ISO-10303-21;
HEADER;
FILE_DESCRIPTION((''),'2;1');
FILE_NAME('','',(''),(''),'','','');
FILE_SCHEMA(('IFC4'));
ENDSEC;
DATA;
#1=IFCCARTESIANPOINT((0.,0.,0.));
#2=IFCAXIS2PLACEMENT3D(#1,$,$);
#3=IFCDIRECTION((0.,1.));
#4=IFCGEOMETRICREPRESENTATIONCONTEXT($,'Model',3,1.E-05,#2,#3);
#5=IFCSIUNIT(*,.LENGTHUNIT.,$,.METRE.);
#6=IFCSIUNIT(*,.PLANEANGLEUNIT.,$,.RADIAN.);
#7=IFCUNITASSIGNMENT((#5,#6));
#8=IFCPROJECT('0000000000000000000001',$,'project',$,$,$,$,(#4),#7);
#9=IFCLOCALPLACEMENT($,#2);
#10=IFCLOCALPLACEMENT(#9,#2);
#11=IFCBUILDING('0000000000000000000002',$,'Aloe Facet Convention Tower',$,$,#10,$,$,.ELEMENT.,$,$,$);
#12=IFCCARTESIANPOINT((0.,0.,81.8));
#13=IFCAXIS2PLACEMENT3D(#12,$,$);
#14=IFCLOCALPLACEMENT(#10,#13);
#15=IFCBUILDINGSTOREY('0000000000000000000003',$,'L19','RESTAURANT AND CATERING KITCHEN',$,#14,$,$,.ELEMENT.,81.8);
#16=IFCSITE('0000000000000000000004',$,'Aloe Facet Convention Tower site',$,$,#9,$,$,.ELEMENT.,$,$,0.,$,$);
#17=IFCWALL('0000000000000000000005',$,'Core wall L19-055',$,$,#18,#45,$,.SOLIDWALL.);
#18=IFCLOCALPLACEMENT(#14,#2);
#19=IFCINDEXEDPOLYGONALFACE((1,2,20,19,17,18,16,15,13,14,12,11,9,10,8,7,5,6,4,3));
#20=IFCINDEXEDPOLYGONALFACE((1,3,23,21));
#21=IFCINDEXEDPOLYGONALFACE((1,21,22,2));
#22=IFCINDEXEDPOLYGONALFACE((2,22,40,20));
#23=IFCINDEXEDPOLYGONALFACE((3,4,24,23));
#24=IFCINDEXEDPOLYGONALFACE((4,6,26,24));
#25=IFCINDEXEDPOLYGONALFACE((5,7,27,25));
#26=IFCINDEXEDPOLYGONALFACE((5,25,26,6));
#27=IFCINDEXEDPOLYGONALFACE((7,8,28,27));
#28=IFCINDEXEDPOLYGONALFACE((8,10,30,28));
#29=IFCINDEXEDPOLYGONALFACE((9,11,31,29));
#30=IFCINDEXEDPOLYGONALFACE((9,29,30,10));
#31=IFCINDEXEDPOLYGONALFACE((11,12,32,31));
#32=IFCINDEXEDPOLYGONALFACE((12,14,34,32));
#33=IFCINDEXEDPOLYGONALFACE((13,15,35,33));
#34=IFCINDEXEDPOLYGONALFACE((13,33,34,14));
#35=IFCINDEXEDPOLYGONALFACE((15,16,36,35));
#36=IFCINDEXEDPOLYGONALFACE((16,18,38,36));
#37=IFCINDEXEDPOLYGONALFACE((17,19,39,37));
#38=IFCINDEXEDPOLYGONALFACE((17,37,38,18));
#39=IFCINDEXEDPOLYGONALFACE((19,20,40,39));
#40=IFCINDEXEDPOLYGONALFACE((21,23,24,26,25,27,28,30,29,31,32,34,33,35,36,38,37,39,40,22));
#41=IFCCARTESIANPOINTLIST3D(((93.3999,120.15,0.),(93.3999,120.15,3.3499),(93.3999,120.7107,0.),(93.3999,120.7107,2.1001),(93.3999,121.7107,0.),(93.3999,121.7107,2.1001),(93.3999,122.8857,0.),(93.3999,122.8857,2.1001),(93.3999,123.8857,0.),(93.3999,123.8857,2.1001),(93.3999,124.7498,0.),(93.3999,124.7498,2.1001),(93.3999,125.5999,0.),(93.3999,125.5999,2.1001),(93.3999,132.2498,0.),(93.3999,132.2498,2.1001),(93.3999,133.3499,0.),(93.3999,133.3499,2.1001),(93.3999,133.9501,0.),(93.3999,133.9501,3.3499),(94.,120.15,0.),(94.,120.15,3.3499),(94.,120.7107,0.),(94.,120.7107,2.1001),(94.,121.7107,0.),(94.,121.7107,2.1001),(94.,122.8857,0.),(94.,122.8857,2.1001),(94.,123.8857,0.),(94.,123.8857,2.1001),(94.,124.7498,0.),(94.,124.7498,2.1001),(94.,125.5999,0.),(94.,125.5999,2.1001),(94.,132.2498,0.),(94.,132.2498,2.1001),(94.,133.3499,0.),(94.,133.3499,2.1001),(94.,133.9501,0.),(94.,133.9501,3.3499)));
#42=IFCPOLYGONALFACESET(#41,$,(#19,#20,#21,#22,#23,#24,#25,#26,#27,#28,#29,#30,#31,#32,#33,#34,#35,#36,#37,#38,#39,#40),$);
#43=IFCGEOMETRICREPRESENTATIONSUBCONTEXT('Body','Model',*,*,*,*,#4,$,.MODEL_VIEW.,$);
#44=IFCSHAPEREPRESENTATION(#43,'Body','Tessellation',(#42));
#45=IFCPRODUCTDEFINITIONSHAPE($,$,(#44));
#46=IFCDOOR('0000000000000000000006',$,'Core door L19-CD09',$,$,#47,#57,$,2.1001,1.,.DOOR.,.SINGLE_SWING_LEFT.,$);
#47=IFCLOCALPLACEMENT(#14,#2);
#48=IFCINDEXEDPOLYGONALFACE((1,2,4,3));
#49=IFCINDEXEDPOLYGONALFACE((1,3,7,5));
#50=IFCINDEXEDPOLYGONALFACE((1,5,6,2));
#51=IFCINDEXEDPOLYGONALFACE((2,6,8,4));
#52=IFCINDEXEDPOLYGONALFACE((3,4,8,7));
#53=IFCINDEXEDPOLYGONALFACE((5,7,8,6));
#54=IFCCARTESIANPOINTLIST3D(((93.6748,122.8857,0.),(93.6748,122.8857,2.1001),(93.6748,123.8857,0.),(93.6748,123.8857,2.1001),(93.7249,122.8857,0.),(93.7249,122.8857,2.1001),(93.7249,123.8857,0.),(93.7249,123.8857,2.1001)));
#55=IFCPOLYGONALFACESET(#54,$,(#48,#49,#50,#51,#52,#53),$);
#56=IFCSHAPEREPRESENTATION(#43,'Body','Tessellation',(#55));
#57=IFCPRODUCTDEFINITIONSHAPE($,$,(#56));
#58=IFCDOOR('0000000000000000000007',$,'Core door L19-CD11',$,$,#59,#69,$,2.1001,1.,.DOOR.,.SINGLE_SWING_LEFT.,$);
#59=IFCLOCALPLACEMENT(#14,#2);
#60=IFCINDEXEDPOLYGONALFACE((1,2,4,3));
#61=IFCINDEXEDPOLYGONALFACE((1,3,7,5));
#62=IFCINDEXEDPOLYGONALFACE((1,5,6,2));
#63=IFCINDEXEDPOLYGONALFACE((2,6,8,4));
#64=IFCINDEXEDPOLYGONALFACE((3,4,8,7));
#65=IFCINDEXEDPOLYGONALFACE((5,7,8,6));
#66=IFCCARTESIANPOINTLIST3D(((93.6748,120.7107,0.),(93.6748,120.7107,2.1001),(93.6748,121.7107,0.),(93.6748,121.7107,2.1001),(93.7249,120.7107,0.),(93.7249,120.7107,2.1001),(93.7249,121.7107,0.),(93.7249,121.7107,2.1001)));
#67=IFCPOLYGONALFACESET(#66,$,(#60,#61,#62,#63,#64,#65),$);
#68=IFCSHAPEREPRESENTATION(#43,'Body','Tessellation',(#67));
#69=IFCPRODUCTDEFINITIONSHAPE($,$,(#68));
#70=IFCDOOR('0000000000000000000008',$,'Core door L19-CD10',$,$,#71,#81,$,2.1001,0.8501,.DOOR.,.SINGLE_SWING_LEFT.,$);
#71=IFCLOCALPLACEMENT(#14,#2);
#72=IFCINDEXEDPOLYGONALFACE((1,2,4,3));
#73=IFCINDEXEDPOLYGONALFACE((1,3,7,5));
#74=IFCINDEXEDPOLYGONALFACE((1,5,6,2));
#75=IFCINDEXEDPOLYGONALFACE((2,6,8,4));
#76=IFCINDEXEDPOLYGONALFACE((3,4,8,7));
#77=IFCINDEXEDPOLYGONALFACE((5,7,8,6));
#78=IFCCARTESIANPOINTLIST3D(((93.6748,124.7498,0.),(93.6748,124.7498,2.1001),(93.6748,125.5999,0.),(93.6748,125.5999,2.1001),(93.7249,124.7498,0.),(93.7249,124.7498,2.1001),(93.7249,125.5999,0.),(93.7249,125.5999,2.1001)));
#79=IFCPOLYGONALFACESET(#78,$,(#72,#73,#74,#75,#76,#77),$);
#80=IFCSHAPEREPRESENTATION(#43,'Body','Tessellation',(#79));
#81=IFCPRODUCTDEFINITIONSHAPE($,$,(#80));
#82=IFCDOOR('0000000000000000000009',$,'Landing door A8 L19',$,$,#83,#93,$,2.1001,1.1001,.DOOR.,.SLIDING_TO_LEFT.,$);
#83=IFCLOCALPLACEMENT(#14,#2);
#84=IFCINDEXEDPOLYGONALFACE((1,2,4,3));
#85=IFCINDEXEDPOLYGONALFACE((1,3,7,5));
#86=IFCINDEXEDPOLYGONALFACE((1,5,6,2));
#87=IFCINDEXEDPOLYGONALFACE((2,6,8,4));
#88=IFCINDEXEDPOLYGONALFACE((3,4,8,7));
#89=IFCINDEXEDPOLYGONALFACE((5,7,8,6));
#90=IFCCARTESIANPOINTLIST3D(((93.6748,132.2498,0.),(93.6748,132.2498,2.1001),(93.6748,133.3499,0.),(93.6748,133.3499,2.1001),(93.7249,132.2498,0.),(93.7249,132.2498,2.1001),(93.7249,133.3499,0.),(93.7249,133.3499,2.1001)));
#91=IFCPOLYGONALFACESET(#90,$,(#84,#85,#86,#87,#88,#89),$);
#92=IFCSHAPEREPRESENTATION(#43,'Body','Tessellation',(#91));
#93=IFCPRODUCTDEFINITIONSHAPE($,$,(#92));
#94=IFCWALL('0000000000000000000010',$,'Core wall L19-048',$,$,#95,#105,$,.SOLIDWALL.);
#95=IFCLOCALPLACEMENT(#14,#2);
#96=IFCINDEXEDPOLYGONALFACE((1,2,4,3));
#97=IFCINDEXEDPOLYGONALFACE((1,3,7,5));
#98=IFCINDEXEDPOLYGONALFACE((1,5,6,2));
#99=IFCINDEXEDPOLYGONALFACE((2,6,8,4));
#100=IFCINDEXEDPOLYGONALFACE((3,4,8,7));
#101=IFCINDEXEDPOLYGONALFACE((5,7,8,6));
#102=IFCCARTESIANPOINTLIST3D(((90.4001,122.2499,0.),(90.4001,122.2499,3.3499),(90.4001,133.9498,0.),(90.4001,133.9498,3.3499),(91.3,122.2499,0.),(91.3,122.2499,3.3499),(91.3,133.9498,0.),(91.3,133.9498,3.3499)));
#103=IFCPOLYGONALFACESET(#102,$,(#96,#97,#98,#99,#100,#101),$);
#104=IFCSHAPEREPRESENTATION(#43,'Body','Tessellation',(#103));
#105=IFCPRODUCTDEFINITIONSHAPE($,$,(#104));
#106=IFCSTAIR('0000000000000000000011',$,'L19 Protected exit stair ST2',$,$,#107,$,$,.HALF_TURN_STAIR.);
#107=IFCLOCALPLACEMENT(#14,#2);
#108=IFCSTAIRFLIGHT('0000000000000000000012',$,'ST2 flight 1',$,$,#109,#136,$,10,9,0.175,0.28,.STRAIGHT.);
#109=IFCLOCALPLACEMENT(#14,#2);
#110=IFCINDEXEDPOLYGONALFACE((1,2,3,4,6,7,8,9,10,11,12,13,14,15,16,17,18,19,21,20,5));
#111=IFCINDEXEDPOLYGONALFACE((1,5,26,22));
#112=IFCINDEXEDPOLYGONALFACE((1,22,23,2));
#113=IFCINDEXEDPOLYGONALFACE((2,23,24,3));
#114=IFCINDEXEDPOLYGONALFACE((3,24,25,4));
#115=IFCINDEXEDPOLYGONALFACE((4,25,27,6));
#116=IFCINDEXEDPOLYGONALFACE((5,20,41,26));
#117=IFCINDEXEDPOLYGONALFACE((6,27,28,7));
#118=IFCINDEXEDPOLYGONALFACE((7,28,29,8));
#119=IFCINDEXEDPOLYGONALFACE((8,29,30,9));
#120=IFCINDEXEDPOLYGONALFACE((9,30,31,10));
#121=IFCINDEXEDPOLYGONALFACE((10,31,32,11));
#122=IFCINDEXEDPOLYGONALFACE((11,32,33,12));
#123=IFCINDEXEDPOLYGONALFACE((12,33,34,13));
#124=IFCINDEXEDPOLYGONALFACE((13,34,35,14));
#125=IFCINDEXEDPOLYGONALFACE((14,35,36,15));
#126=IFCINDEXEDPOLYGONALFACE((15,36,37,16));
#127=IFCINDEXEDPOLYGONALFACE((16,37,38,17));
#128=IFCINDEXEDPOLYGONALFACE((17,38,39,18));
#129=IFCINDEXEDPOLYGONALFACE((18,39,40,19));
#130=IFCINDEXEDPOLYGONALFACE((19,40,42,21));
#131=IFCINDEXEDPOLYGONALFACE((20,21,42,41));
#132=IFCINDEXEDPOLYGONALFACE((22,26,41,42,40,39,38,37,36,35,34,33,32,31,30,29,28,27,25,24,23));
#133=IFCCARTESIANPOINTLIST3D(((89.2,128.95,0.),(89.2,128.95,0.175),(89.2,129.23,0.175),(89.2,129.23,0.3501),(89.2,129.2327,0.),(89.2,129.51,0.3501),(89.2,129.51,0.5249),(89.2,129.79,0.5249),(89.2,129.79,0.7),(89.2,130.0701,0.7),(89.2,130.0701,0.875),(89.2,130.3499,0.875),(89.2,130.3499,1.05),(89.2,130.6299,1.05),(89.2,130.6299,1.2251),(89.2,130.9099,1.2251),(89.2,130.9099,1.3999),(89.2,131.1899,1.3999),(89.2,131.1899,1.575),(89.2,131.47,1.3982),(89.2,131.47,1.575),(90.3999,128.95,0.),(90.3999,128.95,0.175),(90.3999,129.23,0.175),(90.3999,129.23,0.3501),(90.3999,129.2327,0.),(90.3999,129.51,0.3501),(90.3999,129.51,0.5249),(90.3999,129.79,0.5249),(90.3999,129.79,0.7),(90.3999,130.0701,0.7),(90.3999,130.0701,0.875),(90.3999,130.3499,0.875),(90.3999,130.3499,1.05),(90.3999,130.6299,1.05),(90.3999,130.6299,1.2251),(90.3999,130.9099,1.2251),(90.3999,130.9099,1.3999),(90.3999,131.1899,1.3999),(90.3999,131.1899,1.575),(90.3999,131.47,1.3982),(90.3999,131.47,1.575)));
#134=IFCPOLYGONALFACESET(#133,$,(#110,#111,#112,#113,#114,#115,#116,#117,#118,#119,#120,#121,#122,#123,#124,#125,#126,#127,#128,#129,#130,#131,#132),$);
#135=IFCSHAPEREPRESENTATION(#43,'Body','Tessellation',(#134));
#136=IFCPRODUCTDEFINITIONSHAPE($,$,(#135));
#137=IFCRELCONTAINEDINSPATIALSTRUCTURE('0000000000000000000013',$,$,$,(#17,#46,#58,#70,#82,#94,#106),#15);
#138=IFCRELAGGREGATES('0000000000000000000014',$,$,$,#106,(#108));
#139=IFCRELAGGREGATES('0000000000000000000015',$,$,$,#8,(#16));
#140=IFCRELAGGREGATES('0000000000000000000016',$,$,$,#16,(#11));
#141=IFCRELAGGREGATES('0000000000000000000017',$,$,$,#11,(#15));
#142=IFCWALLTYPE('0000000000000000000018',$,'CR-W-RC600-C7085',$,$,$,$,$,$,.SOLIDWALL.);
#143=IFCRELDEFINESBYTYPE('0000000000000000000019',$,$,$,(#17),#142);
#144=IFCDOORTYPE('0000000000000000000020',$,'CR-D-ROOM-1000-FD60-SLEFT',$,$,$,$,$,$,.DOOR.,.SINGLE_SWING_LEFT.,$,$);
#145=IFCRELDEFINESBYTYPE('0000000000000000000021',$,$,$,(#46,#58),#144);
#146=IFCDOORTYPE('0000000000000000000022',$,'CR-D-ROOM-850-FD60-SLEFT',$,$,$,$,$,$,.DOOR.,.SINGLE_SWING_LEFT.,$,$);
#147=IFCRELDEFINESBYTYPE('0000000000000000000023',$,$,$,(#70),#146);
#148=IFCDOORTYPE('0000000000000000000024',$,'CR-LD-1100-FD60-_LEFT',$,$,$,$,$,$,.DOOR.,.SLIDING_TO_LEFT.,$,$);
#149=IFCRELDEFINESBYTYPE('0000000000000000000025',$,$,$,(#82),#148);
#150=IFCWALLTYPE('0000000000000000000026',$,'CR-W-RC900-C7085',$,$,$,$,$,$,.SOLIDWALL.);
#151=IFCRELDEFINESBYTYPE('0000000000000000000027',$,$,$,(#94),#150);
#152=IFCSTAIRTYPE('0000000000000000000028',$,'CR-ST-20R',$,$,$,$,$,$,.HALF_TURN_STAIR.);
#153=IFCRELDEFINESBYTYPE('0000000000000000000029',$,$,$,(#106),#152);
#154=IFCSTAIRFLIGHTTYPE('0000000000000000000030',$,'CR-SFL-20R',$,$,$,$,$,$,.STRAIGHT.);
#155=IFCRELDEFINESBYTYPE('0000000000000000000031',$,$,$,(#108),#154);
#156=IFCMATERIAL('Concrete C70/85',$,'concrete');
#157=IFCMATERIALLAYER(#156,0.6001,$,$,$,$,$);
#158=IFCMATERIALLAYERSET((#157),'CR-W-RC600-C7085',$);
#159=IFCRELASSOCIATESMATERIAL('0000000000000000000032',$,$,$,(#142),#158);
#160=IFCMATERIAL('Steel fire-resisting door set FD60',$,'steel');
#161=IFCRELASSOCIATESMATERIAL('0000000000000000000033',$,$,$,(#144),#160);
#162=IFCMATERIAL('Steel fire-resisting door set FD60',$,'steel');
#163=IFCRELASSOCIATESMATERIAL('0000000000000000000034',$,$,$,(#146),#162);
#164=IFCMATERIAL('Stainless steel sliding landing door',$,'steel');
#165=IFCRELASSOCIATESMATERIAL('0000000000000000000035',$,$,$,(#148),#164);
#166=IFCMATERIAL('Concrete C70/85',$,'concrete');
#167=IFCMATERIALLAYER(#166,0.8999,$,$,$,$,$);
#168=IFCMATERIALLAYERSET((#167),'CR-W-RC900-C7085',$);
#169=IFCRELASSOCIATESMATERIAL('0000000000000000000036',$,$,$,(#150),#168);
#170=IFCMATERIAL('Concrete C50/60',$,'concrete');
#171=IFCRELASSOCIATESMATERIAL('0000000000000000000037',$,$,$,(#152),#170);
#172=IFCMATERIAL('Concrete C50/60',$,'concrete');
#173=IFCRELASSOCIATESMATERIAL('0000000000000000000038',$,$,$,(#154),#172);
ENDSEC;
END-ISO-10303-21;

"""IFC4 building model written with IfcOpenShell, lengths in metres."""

from ifc_helpers import new_model, si_unit, direction, frame, frame_2d, origin, place, context, subcontext, project, spatial, polyline, rectangle, outline, extrude, material, layer, layer_set, type_object, element, fill, aggregate, save


model = new_model("IFC4")

# Units and contexts
model_context = context("Model", 3, precision=1e-05, world=origin(), true_north=direction((0.0, 1.0)))
body_context = subcontext(model_context, "Body", "Model", "MODEL_VIEW")
ifc_project = project(units=[si_unit("LENGTHUNIT", "METRE"), si_unit("PLANEANGLEUNIT", "RADIAN")], contexts=[model_context])

# Site, building, storey
site_placement = place(None, origin())
site = spatial("IfcSite", under=ifc_project, at=site_placement, Name="Aloe Facet Convention Tower site", CompositionType="ELEMENT", RefElevation=0.0)
building_placement = place(site_placement, origin())
building = spatial("IfcBuilding", under=site, at=building_placement, Name="Aloe Facet Convention Tower", CompositionType="ELEMENT")
storey_placement = place(building_placement, frame((0.0, 0.0, 81.8)))
storey = spatial("IfcBuildingStorey", under=building, at=storey_placement, Name="L19", Description="RESTAURANT AND CATERING KITCHEN", CompositionType="ELEMENT", Elevation=81.8)

# Shared definitions
ifc_material_1 = material(Name="Concrete C70/85", Category="concrete")
ifc_layer_1 = layer(ifc_material_1, 0.6001)
ifc_layer_set_1 = layer_set([ifc_layer_1], Name="CR-W-RC600-C7085")
wall_type_1 = type_object("IfcWallType", Name="CR-W-RC600-C7085", PredefinedType="SOLIDWALL", material=ifc_layer_set_1)

# Wall, openings, doors
wall_1_placement = place(storey_placement, frame((93.7, 133.95, 0.0), z_axis=(0.0, 0.0, 1.0), x_axis=(0.0, -1.0, 0.0)))
wall_1 = element("IfcWall", 1, at=wall_1_placement, inside=storey, type_object=wall_type_1, Name="Core wall L19-055", PredefinedType="SOLIDWALL", context=body_context, shape_type="SweptSolid", body=[
    extrude(rectangle(XDim=13.8, YDim=0.6001, at=frame_2d((6.8999, 0.0))), origin(), (0.0, 0.0, 1.0), 3.3499),
])
opening_1_placement = place(wall_1_placement, frame((0.6001, 0.0, 0.0)))
opening_1 = element("IfcOpeningElement", 2, at=opening_1_placement, cuts=wall_1, PredefinedType="OPENING", context=body_context, shape_type="SweptSolid", body=[
    extrude(rectangle(XDim=1.1001, YDim=2.1001, at=frame_2d((0.55, 1.05))), frame((0.0, 0.3101, 0.0), z_axis=(0.0, -1.0, 0.0), x_axis=(1.0, 0.0, 0.0)), (0.0, 0.0, 1.0), 0.6201),
])
opening_2_placement = place(wall_1_placement, frame((10.0642, 0.0, 0.0)))
opening_2 = element("IfcOpeningElement", 3, at=opening_2_placement, cuts=wall_1, PredefinedType="OPENING", context=body_context, shape_type="SweptSolid", body=[
    extrude(rectangle(XDim=1.0, YDim=2.1001, at=frame_2d((0.5, 1.05))), frame((0.0, 0.3101, 0.0), z_axis=(0.0, -1.0, 0.0), x_axis=(1.0, 0.0, 0.0)), (0.0, 0.0, 1.0), 0.6201),
])
opening_3_placement = place(wall_1_placement, frame((8.3501, 0.0, 0.0)))
opening_3 = element("IfcOpeningElement", 4, at=opening_3_placement, cuts=wall_1, PredefinedType="OPENING", context=body_context, shape_type="SweptSolid", body=[
    extrude(rectangle(XDim=0.8501, YDim=2.1001, at=frame_2d((0.425, 1.05))), frame((0.0, 0.3101, 0.0), z_axis=(0.0, -1.0, 0.0), x_axis=(1.0, 0.0, 0.0)), (0.0, 0.0, 1.0), 0.6201),
])
opening_4_placement = place(wall_1_placement, frame((12.2393, 0.0, 0.0)))
opening_4 = element("IfcOpeningElement", 5, at=opening_4_placement, cuts=wall_1, PredefinedType="OPENING", context=body_context, shape_type="SweptSolid", body=[
    extrude(rectangle(XDim=1.0, YDim=2.1001, at=frame_2d((0.5, 1.05))), frame((0.0, 0.3101, 0.0), z_axis=(0.0, -1.0, 0.0), x_axis=(1.0, 0.0, 0.0)), (0.0, 0.0, 1.0), 0.6201),
])
ifc_material_2 = material(Name="Steel fire-resisting door set FD60", Category="steel")
door_type_1 = type_object("IfcDoorType", Name="CR-D-ROOM-1000-FD60-SLEFT", OperationType="SINGLE_SWING_LEFT", PredefinedType="DOOR", material=ifc_material_2)
door_1_placement = place(opening_2_placement, origin())
door_1 = element("IfcDoor", 6, at=door_1_placement, inside=storey, type_object=door_type_1, Name="Core door L19-CD09", OperationType="SINGLE_SWING_LEFT", OverallHeight=2.1001, OverallWidth=1.0, PredefinedType="DOOR", context=body_context, shape_type="SweptSolid", body=[
    extrude(rectangle(XDim=1.0, YDim=2.1001, at=frame_2d((0.5, 1.05))), frame((0.0, 0.0249, 0.0), z_axis=(0.0, -1.0, 0.0), x_axis=(1.0, 0.0, 0.0)), (0.0, 0.0, 1.0), 0.05),
])
fill(opening_2, door_1)
door_2_placement = place(opening_4_placement, origin())
door_2 = element("IfcDoor", 7, at=door_2_placement, inside=storey, type_object=door_type_1, Name="Core door L19-CD11", OperationType="SINGLE_SWING_LEFT", OverallHeight=2.1001, OverallWidth=1.0, PredefinedType="DOOR", context=body_context, shape_type="SweptSolid", body=[
    extrude(rectangle(XDim=1.0, YDim=2.1001, at=frame_2d((0.5, 1.05))), frame((0.0, 0.0249, 0.0), z_axis=(0.0, -1.0, 0.0), x_axis=(1.0, 0.0, 0.0)), (0.0, 0.0, 1.0), 0.05),
])
fill(opening_4, door_2)
ifc_material_3 = material(Name="Steel fire-resisting door set FD60", Category="steel")
door_type_2 = type_object("IfcDoorType", Name="CR-D-ROOM-850-FD60-SLEFT", OperationType="SINGLE_SWING_LEFT", PredefinedType="DOOR", material=ifc_material_3)
door_3_placement = place(opening_3_placement, origin())
door_3 = element("IfcDoor", 8, at=door_3_placement, inside=storey, type_object=door_type_2, Name="Core door L19-CD10", OperationType="SINGLE_SWING_LEFT", OverallHeight=2.1001, OverallWidth=0.8501, PredefinedType="DOOR", context=body_context, shape_type="SweptSolid", body=[
    extrude(rectangle(XDim=0.8501, YDim=2.1001, at=frame_2d((0.425, 1.05))), frame((0.0, 0.0249, 0.0), z_axis=(0.0, -1.0, 0.0), x_axis=(1.0, 0.0, 0.0)), (0.0, 0.0, 1.0), 0.05),
])
fill(opening_3, door_3)
ifc_material_4 = material(Name="Stainless steel sliding landing door", Category="steel")
door_type_3 = type_object("IfcDoorType", Name="CR-LD-1100-FD60-_LEFT", OperationType="SLIDING_TO_LEFT", PredefinedType="DOOR", material=ifc_material_4)
door_4_placement = place(opening_1_placement, origin())
door_4 = element("IfcDoor", 9, at=door_4_placement, inside=storey, type_object=door_type_3, Name="Landing door A8 L19", OperationType="SLIDING_TO_LEFT", OverallHeight=2.1001, OverallWidth=1.1001, PredefinedType="DOOR", context=body_context, shape_type="SweptSolid", body=[
    extrude(rectangle(XDim=1.1001, YDim=2.1001, at=frame_2d((0.55, 1.05))), frame((0.0, 0.0249, 0.0), z_axis=(0.0, -1.0, 0.0), x_axis=(1.0, 0.0, 0.0)), (0.0, 0.0, 1.0), 0.05),
])
fill(opening_1, door_4)

# Wall
ifc_material_5 = material(Name="Concrete C70/85", Category="concrete")
ifc_layer_2 = layer(ifc_material_5, 0.8999)
ifc_layer_set_2 = layer_set([ifc_layer_2], Name="CR-W-RC900-C7085")
wall_type_2 = type_object("IfcWallType", Name="CR-W-RC900-C7085", PredefinedType="SOLIDWALL", material=ifc_layer_set_2)
wall_2_placement = place(storey_placement, frame((90.8501, 133.95, 0.0), z_axis=(0.0, 0.0, 1.0), x_axis=(0.0, -1.0, 0.0)))
element("IfcWall", 10, at=wall_2_placement, inside=storey, type_object=wall_type_2, Name="Core wall L19-048", PredefinedType="SOLIDWALL", context=body_context, shape_type="SweptSolid", body=[
    extrude(rectangle(XDim=11.7, YDim=0.8999, at=frame_2d((5.8501, 0.0))), origin(), (0.0, 0.0, 1.0), 3.3499),
])

# Stair, stair flight
ifc_material_6 = material(Name="Concrete C50/60", Category="concrete")
stair_type = type_object("IfcStairType", Name="CR-ST-20R", PredefinedType="HALF_TURN_STAIR", material=ifc_material_6)
stair_placement = place(storey_placement, origin())
stair = element("IfcStair", 11, at=stair_placement, inside=storey, type_object=stair_type, Name="L19 Protected exit stair ST2", PredefinedType="HALF_TURN_STAIR")
ifc_material_7 = material(Name="Concrete C50/60", Category="concrete")
stair_flight_type = type_object("IfcStairFlightType", Name="CR-SFL-20R", PredefinedType="STRAIGHT", material=ifc_material_7)
stair_flight_placement = place(storey_placement, frame((89.8, 128.95, 0.0), z_axis=(0.0, 0.0, 1.0), x_axis=(0.0, 1.0, 0.0)))
stair_flight = element("IfcStairFlight", 12, at=stair_flight_placement, type_object=stair_flight_type, Name="ST2 flight 1", NumberOfRisers=10, NumberOfTreads=9, PredefinedType="STRAIGHT", RiserHeight=0.175, TreadLength=0.28, context=body_context, shape_type="SweptSolid", body=[
    extrude(outline(polyline([(0.0, 0.0), (0.0, 0.175), (0.28, 0.175), (0.28, 0.3501), (0.5601, 0.3501), (0.5601, 0.5249), (0.8401, 0.5249), (0.8401, 0.7), (1.1201, 0.7), (1.1201, 0.875), (1.3999, 0.875), (1.3999, 1.05), (1.6799, 1.05), (1.6799, 1.2251), (1.96, 1.2251), (1.96, 1.3999), (2.24, 1.3999), (2.24, 1.575), (2.52, 1.575), (2.52, 1.75), (2.52, 1.3982), (0.2827, 0.0), (0.0, 0.0)])), frame((0.0, 0.6001, 0.0), z_axis=(0.0, -1.0, 0.0), x_axis=(1.0, 0.0, 0.0)), (0.0, 0.0, 1.0), 1.2),
])
aggregate(stair, [stair_flight])

save(model, "model.ifc")
